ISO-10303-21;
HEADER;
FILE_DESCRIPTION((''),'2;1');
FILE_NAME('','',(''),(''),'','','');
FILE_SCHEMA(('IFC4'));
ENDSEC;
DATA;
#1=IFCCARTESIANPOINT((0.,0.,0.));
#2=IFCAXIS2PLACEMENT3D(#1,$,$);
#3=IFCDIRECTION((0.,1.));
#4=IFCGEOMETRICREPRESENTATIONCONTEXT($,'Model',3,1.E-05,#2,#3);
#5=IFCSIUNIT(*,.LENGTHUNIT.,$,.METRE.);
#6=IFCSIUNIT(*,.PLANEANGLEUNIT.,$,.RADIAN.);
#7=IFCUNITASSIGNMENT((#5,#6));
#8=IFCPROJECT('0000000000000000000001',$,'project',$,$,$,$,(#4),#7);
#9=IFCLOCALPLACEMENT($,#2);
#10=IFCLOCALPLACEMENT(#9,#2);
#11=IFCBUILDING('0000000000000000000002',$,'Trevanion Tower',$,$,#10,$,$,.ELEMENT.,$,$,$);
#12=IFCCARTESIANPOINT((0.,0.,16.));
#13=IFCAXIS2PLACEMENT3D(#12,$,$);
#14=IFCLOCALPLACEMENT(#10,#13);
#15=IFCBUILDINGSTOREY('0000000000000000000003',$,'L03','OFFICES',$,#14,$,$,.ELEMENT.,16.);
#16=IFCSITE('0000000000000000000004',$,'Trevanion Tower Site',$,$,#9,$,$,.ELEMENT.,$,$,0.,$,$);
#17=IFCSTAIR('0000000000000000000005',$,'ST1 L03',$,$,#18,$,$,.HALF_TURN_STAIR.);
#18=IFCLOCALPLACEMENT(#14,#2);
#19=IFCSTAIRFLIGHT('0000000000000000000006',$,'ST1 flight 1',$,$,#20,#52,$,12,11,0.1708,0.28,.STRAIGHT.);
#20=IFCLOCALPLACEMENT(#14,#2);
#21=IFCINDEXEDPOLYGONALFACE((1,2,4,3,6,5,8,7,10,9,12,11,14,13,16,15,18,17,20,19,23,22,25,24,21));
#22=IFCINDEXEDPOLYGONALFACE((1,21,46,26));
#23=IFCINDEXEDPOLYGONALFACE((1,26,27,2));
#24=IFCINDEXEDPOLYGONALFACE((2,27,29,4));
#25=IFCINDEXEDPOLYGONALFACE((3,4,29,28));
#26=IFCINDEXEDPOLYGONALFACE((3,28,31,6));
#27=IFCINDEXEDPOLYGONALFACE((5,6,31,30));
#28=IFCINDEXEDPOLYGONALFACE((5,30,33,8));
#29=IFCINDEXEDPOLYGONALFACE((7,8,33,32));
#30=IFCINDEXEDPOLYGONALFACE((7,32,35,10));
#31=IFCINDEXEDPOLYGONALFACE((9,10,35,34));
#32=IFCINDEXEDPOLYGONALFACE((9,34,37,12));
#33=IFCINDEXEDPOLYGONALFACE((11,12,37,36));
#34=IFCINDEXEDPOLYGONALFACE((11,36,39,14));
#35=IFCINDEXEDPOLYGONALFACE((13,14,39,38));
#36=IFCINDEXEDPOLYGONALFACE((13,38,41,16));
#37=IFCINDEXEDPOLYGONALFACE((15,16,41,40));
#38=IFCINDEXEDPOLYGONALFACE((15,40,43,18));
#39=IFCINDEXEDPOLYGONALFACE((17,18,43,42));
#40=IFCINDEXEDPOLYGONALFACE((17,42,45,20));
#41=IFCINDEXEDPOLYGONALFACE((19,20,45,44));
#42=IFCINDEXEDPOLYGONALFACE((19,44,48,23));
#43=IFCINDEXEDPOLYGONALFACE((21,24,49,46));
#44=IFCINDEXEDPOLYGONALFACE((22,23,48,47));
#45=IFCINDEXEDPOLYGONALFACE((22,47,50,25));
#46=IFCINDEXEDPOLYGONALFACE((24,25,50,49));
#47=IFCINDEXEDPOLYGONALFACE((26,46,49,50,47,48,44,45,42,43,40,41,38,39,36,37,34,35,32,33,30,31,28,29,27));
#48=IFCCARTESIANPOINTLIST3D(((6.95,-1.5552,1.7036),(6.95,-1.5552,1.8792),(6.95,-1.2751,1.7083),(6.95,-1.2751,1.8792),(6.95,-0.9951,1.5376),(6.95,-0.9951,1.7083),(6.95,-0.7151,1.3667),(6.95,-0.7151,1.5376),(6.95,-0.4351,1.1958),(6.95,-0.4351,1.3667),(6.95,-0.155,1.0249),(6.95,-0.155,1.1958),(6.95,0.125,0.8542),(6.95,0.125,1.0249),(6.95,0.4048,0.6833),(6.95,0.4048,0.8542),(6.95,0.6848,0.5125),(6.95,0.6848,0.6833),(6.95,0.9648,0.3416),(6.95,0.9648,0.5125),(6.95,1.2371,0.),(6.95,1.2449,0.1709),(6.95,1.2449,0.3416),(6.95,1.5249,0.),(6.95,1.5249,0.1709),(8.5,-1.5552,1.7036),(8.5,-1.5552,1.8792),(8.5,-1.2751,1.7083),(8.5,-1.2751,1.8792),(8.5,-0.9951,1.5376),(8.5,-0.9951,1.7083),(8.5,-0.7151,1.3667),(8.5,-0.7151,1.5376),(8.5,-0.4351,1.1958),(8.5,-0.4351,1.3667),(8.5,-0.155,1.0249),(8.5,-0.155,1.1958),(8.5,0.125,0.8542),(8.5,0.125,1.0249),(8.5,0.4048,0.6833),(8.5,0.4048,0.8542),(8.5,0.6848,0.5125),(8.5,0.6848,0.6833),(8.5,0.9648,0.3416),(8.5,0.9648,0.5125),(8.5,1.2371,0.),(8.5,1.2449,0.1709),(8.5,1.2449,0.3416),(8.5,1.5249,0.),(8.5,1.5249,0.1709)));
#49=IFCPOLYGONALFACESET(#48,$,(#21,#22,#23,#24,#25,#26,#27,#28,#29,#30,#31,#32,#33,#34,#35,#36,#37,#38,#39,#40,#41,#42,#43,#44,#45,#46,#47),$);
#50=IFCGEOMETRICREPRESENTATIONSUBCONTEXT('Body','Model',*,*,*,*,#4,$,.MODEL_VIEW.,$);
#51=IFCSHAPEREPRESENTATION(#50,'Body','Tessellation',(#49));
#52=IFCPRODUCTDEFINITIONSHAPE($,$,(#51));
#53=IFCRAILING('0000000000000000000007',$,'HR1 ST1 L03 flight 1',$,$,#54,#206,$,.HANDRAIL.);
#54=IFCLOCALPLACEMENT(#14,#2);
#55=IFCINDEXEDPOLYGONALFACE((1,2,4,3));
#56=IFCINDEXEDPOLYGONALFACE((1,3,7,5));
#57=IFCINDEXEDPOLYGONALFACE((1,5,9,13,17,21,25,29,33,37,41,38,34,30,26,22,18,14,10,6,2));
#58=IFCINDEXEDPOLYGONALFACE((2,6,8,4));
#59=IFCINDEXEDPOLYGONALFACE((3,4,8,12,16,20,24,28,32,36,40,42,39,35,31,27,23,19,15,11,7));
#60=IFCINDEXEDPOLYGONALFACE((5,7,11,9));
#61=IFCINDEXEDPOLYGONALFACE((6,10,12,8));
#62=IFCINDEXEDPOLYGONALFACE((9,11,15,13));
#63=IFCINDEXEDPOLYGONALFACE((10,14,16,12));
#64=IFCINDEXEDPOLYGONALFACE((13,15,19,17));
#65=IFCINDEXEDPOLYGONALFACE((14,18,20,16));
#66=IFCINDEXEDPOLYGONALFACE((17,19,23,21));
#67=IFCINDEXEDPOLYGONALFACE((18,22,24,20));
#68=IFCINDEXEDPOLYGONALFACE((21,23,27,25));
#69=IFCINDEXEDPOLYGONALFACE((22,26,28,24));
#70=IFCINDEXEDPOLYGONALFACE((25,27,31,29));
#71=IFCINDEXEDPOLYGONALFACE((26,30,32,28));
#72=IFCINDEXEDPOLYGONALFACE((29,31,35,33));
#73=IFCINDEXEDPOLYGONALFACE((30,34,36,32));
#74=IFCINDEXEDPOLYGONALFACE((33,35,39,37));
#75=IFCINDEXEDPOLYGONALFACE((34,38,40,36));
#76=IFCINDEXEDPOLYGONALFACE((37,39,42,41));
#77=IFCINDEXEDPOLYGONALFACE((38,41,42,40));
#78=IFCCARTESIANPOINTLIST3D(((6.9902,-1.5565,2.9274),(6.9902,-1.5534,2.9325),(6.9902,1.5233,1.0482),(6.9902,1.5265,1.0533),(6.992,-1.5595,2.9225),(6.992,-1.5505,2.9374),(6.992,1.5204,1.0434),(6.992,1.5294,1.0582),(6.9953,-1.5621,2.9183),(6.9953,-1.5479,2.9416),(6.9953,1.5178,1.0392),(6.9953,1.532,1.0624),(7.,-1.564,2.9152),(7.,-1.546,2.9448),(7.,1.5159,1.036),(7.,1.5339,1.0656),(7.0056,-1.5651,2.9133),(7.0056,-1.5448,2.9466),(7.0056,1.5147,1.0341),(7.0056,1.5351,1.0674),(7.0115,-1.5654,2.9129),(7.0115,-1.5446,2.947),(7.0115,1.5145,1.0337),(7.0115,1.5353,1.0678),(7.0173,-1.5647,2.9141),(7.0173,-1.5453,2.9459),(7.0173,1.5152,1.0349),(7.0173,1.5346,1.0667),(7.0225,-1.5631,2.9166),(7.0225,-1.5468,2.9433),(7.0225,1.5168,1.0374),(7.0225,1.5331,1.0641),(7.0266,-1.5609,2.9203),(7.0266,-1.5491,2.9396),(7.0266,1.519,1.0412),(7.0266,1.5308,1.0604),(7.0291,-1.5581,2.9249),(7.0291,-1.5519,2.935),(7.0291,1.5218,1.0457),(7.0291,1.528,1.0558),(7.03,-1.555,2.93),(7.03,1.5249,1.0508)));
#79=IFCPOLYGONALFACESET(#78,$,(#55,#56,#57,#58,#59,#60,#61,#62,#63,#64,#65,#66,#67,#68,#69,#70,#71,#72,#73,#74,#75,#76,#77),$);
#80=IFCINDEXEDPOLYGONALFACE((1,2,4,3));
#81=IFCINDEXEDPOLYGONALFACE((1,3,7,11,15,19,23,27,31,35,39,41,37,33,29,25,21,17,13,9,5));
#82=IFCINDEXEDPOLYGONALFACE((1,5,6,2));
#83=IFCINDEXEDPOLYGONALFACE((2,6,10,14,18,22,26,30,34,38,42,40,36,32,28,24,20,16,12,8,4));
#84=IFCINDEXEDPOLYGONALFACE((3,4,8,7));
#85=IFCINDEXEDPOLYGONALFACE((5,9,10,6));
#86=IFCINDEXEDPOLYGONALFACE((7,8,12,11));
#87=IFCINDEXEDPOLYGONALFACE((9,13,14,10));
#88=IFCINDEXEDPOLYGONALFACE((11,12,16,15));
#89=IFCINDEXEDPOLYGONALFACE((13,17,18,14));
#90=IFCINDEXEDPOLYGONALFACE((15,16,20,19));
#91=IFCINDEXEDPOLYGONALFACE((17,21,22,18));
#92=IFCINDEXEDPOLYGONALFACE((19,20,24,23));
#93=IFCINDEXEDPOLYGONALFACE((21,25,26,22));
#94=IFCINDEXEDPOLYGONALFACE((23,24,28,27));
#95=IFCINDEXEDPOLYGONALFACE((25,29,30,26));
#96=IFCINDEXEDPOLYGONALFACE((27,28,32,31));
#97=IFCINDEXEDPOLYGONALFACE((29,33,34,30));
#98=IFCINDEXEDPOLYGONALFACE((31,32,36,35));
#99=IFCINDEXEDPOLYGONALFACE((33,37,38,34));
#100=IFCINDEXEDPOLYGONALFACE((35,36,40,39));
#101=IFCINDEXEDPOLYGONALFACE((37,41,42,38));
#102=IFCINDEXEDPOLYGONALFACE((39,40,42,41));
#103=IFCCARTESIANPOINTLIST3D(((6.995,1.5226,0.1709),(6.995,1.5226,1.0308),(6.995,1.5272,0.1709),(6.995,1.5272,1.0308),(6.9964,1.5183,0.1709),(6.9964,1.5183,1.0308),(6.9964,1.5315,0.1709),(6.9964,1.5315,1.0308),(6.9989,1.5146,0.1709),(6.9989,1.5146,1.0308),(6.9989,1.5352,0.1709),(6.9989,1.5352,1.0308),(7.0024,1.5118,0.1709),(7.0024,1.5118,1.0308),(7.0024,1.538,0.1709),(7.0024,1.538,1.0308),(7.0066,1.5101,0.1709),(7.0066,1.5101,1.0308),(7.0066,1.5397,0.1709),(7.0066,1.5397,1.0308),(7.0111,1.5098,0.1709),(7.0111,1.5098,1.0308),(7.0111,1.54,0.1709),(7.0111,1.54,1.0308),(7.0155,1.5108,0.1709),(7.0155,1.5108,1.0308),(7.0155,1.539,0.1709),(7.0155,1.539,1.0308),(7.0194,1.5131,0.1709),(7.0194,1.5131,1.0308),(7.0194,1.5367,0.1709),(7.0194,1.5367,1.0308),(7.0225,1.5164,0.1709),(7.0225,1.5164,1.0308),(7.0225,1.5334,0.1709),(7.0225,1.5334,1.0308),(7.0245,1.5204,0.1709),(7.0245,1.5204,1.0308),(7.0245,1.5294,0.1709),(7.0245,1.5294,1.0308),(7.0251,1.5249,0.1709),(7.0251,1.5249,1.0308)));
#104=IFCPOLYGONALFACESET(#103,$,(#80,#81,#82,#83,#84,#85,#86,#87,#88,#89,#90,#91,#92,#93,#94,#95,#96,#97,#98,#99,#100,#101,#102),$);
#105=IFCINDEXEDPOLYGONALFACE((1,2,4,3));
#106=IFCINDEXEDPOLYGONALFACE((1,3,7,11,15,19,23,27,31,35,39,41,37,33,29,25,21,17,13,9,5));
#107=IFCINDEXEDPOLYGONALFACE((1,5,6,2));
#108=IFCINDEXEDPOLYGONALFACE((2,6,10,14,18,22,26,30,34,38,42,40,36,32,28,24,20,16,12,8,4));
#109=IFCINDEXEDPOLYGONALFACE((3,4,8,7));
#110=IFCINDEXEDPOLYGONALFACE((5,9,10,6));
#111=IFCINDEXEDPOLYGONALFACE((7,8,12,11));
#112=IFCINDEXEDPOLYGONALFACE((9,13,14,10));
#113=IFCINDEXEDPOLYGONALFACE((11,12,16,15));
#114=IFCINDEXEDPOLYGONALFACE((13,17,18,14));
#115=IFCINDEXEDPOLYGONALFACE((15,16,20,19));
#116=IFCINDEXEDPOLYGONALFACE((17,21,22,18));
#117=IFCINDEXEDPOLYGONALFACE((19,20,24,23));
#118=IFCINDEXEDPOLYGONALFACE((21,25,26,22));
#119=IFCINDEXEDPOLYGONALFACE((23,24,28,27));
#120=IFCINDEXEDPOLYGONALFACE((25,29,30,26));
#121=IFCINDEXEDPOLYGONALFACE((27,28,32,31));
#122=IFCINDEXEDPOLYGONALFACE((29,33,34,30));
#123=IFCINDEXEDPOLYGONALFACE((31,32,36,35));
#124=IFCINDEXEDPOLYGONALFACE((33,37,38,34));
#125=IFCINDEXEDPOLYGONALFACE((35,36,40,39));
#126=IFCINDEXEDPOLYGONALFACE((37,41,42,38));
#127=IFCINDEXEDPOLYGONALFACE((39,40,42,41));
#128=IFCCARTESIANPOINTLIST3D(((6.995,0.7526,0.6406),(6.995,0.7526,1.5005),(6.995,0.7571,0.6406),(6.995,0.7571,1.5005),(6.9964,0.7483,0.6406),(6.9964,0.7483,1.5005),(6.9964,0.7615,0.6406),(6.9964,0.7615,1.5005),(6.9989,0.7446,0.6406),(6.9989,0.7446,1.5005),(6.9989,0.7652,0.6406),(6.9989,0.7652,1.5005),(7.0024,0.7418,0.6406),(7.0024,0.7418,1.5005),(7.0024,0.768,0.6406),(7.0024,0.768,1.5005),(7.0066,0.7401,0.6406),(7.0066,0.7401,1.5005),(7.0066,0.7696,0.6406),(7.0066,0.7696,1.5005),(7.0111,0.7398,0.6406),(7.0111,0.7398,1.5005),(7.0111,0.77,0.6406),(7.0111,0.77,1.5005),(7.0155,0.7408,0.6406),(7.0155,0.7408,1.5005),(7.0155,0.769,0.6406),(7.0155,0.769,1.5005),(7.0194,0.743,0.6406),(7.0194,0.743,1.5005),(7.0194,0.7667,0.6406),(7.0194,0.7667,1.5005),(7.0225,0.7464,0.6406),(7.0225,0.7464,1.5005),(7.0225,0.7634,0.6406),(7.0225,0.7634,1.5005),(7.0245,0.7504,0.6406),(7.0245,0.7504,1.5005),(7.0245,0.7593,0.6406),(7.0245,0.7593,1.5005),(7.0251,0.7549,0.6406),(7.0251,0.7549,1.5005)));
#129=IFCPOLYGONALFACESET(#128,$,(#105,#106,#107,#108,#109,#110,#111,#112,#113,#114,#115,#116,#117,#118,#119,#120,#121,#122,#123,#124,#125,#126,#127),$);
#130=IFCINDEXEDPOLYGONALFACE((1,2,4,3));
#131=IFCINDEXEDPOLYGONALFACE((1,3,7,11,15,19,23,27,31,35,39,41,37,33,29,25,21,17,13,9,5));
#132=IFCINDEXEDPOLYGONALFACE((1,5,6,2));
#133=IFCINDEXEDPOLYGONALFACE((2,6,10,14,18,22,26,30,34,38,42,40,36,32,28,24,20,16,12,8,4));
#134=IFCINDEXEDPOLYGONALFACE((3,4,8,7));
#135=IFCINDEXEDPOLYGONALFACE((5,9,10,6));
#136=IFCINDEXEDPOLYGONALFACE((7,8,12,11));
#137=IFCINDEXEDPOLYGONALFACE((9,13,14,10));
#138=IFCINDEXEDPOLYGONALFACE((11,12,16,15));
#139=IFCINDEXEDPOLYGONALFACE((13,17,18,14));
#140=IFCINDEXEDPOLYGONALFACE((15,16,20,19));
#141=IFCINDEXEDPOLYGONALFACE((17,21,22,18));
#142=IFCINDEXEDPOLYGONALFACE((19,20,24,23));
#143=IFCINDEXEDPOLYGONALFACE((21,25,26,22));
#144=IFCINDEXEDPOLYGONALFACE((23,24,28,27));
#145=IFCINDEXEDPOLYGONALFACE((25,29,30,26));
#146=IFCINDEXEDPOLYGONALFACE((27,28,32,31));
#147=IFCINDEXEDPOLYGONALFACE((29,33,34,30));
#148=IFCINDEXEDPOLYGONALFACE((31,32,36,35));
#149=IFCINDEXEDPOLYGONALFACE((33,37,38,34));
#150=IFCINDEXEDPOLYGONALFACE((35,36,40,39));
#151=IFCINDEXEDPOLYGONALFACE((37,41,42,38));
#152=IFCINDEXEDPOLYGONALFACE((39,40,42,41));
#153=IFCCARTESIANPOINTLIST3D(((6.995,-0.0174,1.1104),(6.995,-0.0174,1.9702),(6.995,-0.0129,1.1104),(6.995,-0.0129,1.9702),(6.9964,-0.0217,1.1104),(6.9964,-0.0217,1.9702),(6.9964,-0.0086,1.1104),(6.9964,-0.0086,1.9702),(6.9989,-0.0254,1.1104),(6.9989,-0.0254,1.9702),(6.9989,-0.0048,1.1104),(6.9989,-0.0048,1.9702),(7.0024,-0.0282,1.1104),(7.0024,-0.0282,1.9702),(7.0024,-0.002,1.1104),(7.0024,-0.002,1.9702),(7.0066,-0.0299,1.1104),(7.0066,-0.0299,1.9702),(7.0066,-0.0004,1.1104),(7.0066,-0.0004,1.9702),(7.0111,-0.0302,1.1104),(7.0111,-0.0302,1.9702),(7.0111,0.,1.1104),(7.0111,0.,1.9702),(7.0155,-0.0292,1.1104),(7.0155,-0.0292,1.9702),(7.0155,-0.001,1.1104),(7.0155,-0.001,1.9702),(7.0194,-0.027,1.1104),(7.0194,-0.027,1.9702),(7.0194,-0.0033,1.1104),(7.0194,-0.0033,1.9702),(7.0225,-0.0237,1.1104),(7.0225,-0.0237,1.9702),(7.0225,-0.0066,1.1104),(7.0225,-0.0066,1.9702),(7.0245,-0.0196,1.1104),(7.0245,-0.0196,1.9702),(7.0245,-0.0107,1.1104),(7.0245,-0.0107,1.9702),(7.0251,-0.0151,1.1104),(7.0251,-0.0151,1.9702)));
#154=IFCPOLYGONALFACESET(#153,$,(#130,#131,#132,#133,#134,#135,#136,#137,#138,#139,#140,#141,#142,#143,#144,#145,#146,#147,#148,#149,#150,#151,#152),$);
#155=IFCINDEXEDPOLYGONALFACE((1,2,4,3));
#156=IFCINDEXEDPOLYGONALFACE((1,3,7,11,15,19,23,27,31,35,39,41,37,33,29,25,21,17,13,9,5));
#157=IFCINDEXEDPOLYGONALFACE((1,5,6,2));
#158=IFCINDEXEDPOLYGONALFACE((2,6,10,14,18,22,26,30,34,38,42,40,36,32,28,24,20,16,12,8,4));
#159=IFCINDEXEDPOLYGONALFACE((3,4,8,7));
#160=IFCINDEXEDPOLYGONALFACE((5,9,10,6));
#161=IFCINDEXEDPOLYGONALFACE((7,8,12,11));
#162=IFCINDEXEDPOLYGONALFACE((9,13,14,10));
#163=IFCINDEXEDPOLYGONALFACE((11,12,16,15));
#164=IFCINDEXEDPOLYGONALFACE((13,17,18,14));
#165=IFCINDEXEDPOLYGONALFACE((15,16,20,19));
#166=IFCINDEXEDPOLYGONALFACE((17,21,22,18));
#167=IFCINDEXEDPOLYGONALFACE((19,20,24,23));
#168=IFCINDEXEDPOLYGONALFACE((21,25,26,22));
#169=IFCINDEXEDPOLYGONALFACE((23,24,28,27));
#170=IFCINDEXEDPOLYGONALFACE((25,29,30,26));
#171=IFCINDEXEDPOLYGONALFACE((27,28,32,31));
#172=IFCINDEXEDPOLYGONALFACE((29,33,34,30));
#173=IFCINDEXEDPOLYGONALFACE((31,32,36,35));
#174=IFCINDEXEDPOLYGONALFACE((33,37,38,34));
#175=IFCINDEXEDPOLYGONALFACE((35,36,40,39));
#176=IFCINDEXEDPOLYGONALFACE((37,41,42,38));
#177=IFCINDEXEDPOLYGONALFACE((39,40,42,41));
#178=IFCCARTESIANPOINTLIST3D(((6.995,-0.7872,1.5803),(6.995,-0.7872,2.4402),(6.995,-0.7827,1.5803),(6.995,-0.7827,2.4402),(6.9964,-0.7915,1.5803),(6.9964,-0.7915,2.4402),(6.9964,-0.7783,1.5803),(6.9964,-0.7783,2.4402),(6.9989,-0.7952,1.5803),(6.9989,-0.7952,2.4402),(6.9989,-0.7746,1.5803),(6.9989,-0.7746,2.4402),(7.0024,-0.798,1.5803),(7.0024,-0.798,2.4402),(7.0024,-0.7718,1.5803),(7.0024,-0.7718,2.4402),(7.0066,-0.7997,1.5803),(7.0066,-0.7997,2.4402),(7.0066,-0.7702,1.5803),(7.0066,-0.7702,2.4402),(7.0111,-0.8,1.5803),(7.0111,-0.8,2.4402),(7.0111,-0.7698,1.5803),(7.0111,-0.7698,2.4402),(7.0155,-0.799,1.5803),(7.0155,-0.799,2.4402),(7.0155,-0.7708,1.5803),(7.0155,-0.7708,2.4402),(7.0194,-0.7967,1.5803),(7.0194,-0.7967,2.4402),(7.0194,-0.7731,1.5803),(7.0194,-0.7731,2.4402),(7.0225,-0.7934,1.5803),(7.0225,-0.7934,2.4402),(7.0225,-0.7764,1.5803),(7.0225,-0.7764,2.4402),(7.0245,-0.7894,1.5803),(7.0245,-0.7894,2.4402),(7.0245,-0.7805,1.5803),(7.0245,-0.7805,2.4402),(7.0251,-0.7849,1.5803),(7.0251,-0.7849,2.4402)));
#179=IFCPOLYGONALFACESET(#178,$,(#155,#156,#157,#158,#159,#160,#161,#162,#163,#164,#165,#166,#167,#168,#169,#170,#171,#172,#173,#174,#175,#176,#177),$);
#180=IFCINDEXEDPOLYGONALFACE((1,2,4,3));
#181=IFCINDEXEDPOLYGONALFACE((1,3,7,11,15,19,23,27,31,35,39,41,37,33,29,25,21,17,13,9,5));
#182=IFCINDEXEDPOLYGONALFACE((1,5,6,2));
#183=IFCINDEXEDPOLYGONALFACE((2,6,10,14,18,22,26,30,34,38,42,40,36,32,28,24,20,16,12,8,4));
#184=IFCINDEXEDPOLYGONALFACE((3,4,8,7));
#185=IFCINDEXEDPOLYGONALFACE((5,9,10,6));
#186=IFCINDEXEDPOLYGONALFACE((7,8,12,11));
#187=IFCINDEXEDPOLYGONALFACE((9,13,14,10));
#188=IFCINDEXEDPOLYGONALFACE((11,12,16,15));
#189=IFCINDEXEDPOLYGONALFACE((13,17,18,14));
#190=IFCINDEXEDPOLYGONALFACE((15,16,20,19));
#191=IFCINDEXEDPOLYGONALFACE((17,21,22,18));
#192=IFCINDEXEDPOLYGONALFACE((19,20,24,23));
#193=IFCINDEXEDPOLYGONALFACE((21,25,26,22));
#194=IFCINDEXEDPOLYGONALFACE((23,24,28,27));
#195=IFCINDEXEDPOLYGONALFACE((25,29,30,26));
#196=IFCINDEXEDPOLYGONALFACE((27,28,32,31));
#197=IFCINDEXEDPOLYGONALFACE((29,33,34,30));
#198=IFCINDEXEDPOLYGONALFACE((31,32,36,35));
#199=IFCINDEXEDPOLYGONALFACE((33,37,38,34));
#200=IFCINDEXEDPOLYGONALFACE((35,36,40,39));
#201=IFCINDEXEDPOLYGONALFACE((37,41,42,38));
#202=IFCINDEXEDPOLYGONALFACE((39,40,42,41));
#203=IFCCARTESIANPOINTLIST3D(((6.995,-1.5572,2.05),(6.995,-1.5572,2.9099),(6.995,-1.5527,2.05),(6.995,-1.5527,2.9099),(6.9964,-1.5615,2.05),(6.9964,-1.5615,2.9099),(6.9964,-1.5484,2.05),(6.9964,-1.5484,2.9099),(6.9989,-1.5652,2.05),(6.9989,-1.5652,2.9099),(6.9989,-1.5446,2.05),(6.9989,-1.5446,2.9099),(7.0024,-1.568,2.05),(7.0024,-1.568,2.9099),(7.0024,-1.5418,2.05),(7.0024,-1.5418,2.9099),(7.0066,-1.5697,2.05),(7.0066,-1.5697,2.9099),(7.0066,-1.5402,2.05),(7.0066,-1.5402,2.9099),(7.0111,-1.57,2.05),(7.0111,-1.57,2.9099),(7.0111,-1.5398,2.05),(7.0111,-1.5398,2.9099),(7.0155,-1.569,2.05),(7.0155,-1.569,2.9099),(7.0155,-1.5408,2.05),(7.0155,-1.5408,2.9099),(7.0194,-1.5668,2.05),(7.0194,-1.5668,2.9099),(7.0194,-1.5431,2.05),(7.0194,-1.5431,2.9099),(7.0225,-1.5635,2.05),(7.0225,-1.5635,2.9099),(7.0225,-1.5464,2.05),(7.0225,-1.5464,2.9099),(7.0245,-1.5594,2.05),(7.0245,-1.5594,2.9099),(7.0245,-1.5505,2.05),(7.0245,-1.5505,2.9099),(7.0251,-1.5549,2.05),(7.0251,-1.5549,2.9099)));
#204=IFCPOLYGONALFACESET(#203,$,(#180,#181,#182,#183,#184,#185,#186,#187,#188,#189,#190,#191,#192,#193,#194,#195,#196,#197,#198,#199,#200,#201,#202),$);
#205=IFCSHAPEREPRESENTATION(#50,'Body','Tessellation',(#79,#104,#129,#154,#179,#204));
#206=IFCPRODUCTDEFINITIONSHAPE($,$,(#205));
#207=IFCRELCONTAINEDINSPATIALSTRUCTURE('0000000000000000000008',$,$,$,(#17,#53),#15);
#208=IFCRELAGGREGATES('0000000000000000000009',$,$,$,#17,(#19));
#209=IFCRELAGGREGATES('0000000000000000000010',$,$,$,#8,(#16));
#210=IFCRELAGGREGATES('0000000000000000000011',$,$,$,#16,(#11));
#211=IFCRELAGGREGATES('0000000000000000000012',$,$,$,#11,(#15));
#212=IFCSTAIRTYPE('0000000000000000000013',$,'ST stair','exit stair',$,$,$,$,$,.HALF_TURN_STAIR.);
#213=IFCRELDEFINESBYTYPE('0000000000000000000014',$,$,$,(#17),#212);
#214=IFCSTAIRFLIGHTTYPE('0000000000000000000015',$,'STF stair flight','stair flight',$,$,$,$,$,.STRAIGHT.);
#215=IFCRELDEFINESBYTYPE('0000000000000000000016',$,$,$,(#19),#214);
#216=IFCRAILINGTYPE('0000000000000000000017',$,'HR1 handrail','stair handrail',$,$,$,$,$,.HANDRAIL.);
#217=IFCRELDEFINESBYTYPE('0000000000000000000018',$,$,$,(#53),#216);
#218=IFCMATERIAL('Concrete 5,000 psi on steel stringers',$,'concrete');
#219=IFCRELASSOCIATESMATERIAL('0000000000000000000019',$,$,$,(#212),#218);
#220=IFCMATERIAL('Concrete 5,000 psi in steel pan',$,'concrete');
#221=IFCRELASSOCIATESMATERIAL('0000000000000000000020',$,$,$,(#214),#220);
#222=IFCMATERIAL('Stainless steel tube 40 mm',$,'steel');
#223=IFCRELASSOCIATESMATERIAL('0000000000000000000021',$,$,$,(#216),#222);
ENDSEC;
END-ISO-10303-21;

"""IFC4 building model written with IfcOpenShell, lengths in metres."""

from ifc_helpers import new_model, si_unit, direction, frame, origin, origin_2d, place, context, subcontext, project, spatial, polyline, circle, outline, extrude, material, type_object, element, aggregate, save


model = new_model("IFC4")

# Units and contexts
model_context = context("Model", 3, precision=1e-05, world=origin(), true_north=direction((0.0, 1.0)))
body_context = subcontext(model_context, "Body", "Model", "MODEL_VIEW")
ifc_project = project(units=[si_unit("LENGTHUNIT", "METRE"), si_unit("PLANEANGLEUNIT", "RADIAN")], contexts=[model_context])

# Site, building, storey
site_placement = place(None, origin())
site = spatial("IfcSite", under=ifc_project, at=site_placement, Name="Trevanion Tower Site", CompositionType="ELEMENT", RefElevation=0.0)
building_placement = place(site_placement, origin())
building = spatial("IfcBuilding", under=site, at=building_placement, Name="Trevanion Tower", CompositionType="ELEMENT")
storey_placement = place(building_placement, frame((0.0, 0.0, 16.0)))
storey = spatial("IfcBuildingStorey", under=building, at=storey_placement, Name="L03", Description="OFFICES", CompositionType="ELEMENT", Elevation=16.0)

# Stair, stair flight
ifc_material_1 = material(Name="Concrete 5,000 psi on steel stringers", Category="concrete")
stair_type = type_object("IfcStairType", Name="ST stair", Description="exit stair", PredefinedType="HALF_TURN_STAIR", material=ifc_material_1)
stair_placement = place(storey_placement, origin())
stair = element("IfcStair", 1, at=stair_placement, inside=storey, type_object=stair_type, Name="ST1 L03", PredefinedType="HALF_TURN_STAIR")
ifc_material_2 = material(Name="Concrete 5,000 psi in steel pan", Category="concrete")
stair_flight_type = type_object("IfcStairFlightType", Name="STF stair flight", Description="stair flight", PredefinedType="STRAIGHT", material=ifc_material_2)
stair_flight_placement = place(storey_placement, frame((7.7251, 1.5249, 0.0), z_axis=(0.0, 0.0, 1.0), x_axis=(0.0, -1.0, 0.0)))
stair_flight = element("IfcStairFlight", 2, at=stair_flight_placement, type_object=stair_flight_type, Name="ST1 flight 1", NumberOfRisers=12, NumberOfTreads=11, PredefinedType="STRAIGHT", RiserHeight=0.1708, TreadLength=0.28, context=body_context, shape_type="SweptSolid", body=[
    extrude(outline(polyline([(0.0, 0.0), (0.0, 0.1709), (0.28, 0.1709), (0.28, 0.3416), (0.5601, 0.3416), (0.5601, 0.5125), (0.8401, 0.5125), (0.8401, 0.6833), (1.1201, 0.6833), (1.1201, 0.8542), (1.3999, 0.8542), (1.3999, 1.0249), (1.6799, 1.0249), (1.6799, 1.1958), (1.96, 1.1958), (1.96, 1.3667), (2.24, 1.3667), (2.24, 1.5376), (2.52, 1.5376), (2.52, 1.7083), (2.8, 1.7083), (2.8, 1.8792), (3.0801, 1.8792), (3.0801, 2.05), (3.0801, 1.7036), (0.2878, 0.0), (0.0, 0.0)])), frame((0.0, 0.7749, 0.0), z_axis=(0.0, -1.0, 0.0), x_axis=(1.0, 0.0, 0.0)), (0.0, 0.0, 1.0), 1.55),
])
aggregate(stair, [stair_flight])

# Railing
ifc_material_3 = material(Name="Stainless steel tube 40 mm", Category="steel")
railing_type = type_object("IfcRailingType", Name="HR1 handrail", Description="stair handrail", PredefinedType="HANDRAIL", material=ifc_material_3)
for number, where, name in (
    (3, (7.01, 1.5249, 0.1709), "HR1 ST1 L03 flight 1"),
):
    element("IfcRailing", number, at=place(storey_placement, frame(where)), inside=storey, type_object=railing_type, Name=name, PredefinedType="HANDRAIL", context=body_context, shape_type="SweptSolid", body=[
        extrude(circle(Radius=0.02, at=origin_2d()), frame((0.0, 0.0, 0.8799), z_axis=(0.0, -0.853648, 0.52085), x_axis=(1.0, 0.0, 0.0)), (0.0, 0.0, 1.0), 3.6079),
        extrude(circle(Radius=0.0151, at=origin_2d()), origin(), (0.0, 0.0, 1.0), 0.8599),
        extrude(circle(Radius=0.0151, at=origin_2d()), frame((0.0, -0.77, 0.4697)), (0.0, 0.0, 1.0), 0.8599),
        extrude(circle(Radius=0.0151, at=origin_2d()), frame((0.0, -1.54, 0.9395)), (0.0, 0.0, 1.0), 0.8599),
        extrude(circle(Radius=0.0151, at=origin_2d()), frame((0.0, -2.3098, 1.4094)), (0.0, 0.0, 1.0), 0.8599),
        extrude(circle(Radius=0.0151, at=origin_2d()), frame((0.0, -3.0798, 1.8792)), (0.0, 0.0, 1.0), 0.8599),
    ])

save(model, "model.ifc")
